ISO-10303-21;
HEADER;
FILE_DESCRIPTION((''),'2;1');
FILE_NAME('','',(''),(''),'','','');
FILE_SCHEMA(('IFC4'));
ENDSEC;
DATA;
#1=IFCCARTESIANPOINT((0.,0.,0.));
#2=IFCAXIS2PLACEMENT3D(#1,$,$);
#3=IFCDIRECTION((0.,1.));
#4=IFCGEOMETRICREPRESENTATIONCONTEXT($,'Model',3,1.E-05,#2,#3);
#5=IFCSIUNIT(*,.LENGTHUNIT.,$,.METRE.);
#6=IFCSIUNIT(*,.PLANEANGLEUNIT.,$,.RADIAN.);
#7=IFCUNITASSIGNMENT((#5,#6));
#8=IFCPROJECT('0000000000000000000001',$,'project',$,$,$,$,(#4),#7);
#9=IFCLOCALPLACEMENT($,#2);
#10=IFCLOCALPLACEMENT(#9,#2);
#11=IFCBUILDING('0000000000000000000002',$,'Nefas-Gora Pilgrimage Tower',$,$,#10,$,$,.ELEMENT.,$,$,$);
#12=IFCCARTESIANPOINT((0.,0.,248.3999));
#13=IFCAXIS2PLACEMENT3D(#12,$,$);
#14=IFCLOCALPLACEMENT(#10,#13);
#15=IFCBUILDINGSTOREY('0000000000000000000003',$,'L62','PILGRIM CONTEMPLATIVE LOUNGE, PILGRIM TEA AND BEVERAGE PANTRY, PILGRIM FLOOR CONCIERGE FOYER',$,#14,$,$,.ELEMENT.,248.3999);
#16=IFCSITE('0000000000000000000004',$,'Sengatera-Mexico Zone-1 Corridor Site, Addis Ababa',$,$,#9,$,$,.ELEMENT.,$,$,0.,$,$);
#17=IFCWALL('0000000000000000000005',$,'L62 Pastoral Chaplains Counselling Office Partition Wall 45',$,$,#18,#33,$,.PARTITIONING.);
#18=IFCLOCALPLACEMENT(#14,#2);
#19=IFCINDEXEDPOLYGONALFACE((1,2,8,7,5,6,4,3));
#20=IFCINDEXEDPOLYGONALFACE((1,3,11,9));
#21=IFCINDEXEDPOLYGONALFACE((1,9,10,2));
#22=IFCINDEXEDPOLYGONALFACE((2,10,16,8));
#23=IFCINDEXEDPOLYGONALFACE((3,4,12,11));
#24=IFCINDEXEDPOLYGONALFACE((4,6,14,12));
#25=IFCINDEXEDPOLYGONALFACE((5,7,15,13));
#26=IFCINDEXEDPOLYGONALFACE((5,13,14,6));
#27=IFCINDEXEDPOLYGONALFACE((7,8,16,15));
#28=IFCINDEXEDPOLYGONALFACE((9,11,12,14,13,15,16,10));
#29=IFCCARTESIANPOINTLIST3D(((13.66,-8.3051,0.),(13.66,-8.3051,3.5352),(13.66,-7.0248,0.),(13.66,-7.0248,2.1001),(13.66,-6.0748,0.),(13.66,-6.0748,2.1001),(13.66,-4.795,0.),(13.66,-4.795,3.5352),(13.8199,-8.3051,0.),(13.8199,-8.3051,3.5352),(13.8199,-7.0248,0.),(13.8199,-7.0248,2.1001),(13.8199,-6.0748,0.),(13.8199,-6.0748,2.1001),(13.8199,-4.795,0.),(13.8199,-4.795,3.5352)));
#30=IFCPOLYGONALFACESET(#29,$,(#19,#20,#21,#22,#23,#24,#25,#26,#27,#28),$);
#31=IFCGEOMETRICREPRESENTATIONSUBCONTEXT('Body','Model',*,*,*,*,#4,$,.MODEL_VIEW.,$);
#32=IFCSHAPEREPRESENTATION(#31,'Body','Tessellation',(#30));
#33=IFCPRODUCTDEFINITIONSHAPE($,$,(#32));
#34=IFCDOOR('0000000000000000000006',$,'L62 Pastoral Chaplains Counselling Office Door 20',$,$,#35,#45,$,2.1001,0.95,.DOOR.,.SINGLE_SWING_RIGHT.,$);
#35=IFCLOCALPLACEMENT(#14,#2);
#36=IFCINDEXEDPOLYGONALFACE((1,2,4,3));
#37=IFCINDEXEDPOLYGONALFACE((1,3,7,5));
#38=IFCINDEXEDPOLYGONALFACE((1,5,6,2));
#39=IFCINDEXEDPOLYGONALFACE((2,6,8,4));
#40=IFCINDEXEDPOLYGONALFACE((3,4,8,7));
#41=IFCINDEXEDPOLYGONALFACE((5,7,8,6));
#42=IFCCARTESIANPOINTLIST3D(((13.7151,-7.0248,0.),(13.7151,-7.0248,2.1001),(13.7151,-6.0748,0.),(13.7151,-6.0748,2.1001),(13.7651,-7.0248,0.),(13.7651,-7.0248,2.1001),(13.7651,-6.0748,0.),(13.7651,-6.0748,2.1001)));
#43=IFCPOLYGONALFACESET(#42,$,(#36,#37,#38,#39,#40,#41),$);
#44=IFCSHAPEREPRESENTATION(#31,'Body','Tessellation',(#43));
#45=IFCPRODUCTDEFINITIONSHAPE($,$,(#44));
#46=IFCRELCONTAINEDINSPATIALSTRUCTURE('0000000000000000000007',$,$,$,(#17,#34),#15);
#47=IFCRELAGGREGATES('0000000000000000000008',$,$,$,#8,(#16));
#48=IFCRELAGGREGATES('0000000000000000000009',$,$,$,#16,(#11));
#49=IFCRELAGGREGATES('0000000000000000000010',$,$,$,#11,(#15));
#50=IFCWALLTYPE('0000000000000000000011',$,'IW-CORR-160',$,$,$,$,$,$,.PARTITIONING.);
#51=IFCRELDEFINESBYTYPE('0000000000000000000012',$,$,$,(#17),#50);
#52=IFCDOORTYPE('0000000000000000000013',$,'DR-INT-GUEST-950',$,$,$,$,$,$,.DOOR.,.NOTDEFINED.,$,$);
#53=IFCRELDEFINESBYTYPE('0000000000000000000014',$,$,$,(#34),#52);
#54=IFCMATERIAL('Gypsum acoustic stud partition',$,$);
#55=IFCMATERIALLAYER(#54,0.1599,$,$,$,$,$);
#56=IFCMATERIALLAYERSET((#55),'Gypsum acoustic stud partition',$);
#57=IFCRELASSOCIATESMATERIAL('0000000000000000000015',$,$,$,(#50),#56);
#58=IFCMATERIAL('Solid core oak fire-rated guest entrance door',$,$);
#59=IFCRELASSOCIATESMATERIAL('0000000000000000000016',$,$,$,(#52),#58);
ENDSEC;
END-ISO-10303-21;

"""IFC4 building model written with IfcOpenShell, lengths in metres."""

from ifc_helpers import new_model, si_unit, direction, frame, frame_2d, origin, place, context, subcontext, project, spatial, rectangle, extrude, source, transform, mapped, material, layer, layer_set, type_object, element, fill, save


model = new_model("IFC4")

# Units and contexts
model_context = context("Model", 3, precision=1e-05, world=origin(), true_north=direction((0.0, 1.0)))
body_context = subcontext(model_context, "Body", "Model", "MODEL_VIEW")
ifc_project = project(units=[si_unit("LENGTHUNIT", "METRE"), si_unit("PLANEANGLEUNIT", "RADIAN")], contexts=[model_context])

# Site, building, storey
site_placement = place(None, origin())
site = spatial("IfcSite", under=ifc_project, at=site_placement, Name="Sengatera-Mexico Zone-1 Corridor Site, Addis Ababa", CompositionType="ELEMENT", RefElevation=0.0)
building_placement = place(site_placement, origin())
building = spatial("IfcBuilding", under=site, at=building_placement, Name="Nefas-Gora Pilgrimage Tower", CompositionType="ELEMENT")
storey_placement = place(building_placement, frame((0.0, 0.0, 248.3999)))
storey = spatial("IfcBuildingStorey", under=building, at=storey_placement, Name="L62", Description="PILGRIM CONTEMPLATIVE LOUNGE, PILGRIM TEA AND BEVERAGE PANTRY, PILGRIM FLOOR CONCIERGE FOYER", CompositionType="ELEMENT", Elevation=248.3999)

# Shared definitions
ifc_material_1 = material(Name="Gypsum acoustic stud partition")
ifc_layer_1 = layer(ifc_material_1, 0.1599)
ifc_layer_set_1 = layer_set([ifc_layer_1], Name="Gypsum acoustic stud partition")
wall_type_1 = type_object("IfcWallType", Name="IW-CORR-160", PredefinedType="PARTITIONING", material=ifc_layer_set_1)
ifc_material_2 = material(Name="Solid core oak fire-rated guest entrance door")
door_type_1 = type_object("IfcDoorType", Name="DR-INT-GUEST-950", OperationType="NOTDEFINED", PredefinedType="DOOR", material=ifc_material_2)
shared_shape_1 = source(origin(), body_context, "Body", "SweptSolid", [
    extrude(rectangle(XDim=0.95, YDim=2.1001, at=frame_2d((0.4751, 1.05))), frame((0.0, 0.0249, 0.0), z_axis=(0.0, -1.0, 0.0), x_axis=(1.0, 0.0, 0.0)), (0.0, 0.0, 1.0), 0.05),
])

# Wall, opening, door
shared_shape_2 = source(origin(), body_context, "Body", "SweptSolid", [
    extrude(rectangle(XDim=3.51, YDim=0.1599, at=frame_2d((1.7549, 0.0))), origin(), (0.0, 0.0, 1.0), 3.5352),
])
wall_1_placement = place(storey_placement, frame((13.74, -8.3049, 0.0), z_axis=(0.0, 0.0, 1.0), x_axis=(0.0, 1.0, 0.0)))
wall_1 = element("IfcWall", 1, at=wall_1_placement, inside=storey, type_object=wall_type_1, Name="L62 Pastoral Chaplains Counselling Office Partition Wall 45", PredefinedType="PARTITIONING", context=body_context, shape_type="MappedRepresentation", body=[
    mapped(shared_shape_2, transform((0.0, 0.0, 0.0), x_axis=(1.0, 0.0, 0.0), y_axis=(0.0, 1.0, 0.0), z_axis=(0.0, 0.0, 1.0), scale=1.0)),
])
opening_1_placement = place(wall_1_placement, frame((1.28, 0.0, 0.0)))
opening_1 = element("IfcOpeningElement", 2, at=opening_1_placement, cuts=wall_1, PredefinedType="OPENING", context=body_context, shape_type="SweptSolid", body=[
    extrude(rectangle(XDim=0.95, YDim=2.1001, at=frame_2d((0.4751, 1.05))), frame((0.0, 0.0898, 0.0), z_axis=(0.0, -1.0, 0.0), x_axis=(1.0, 0.0, 0.0)), (0.0, 0.0, 1.0), 0.1799),
])
door_1_placement = place(opening_1_placement, origin())
door_1 = element("IfcDoor", 3, at=door_1_placement, inside=storey, type_object=door_type_1, Name="L62 Pastoral Chaplains Counselling Office Door 20", OperationType="SINGLE_SWING_RIGHT", OverallHeight=2.1001, OverallWidth=0.95, PredefinedType="DOOR", context=body_context, shape_type="MappedRepresentation", body=[
    mapped(shared_shape_1, transform((0.0, 0.0, 0.0), x_axis=(1.0, 0.0, 0.0), y_axis=(0.0, 1.0, 0.0), z_axis=(0.0, 0.0, 1.0), scale=1.0)),
])
fill(opening_1, door_1)

save(model, "model.ifc")
